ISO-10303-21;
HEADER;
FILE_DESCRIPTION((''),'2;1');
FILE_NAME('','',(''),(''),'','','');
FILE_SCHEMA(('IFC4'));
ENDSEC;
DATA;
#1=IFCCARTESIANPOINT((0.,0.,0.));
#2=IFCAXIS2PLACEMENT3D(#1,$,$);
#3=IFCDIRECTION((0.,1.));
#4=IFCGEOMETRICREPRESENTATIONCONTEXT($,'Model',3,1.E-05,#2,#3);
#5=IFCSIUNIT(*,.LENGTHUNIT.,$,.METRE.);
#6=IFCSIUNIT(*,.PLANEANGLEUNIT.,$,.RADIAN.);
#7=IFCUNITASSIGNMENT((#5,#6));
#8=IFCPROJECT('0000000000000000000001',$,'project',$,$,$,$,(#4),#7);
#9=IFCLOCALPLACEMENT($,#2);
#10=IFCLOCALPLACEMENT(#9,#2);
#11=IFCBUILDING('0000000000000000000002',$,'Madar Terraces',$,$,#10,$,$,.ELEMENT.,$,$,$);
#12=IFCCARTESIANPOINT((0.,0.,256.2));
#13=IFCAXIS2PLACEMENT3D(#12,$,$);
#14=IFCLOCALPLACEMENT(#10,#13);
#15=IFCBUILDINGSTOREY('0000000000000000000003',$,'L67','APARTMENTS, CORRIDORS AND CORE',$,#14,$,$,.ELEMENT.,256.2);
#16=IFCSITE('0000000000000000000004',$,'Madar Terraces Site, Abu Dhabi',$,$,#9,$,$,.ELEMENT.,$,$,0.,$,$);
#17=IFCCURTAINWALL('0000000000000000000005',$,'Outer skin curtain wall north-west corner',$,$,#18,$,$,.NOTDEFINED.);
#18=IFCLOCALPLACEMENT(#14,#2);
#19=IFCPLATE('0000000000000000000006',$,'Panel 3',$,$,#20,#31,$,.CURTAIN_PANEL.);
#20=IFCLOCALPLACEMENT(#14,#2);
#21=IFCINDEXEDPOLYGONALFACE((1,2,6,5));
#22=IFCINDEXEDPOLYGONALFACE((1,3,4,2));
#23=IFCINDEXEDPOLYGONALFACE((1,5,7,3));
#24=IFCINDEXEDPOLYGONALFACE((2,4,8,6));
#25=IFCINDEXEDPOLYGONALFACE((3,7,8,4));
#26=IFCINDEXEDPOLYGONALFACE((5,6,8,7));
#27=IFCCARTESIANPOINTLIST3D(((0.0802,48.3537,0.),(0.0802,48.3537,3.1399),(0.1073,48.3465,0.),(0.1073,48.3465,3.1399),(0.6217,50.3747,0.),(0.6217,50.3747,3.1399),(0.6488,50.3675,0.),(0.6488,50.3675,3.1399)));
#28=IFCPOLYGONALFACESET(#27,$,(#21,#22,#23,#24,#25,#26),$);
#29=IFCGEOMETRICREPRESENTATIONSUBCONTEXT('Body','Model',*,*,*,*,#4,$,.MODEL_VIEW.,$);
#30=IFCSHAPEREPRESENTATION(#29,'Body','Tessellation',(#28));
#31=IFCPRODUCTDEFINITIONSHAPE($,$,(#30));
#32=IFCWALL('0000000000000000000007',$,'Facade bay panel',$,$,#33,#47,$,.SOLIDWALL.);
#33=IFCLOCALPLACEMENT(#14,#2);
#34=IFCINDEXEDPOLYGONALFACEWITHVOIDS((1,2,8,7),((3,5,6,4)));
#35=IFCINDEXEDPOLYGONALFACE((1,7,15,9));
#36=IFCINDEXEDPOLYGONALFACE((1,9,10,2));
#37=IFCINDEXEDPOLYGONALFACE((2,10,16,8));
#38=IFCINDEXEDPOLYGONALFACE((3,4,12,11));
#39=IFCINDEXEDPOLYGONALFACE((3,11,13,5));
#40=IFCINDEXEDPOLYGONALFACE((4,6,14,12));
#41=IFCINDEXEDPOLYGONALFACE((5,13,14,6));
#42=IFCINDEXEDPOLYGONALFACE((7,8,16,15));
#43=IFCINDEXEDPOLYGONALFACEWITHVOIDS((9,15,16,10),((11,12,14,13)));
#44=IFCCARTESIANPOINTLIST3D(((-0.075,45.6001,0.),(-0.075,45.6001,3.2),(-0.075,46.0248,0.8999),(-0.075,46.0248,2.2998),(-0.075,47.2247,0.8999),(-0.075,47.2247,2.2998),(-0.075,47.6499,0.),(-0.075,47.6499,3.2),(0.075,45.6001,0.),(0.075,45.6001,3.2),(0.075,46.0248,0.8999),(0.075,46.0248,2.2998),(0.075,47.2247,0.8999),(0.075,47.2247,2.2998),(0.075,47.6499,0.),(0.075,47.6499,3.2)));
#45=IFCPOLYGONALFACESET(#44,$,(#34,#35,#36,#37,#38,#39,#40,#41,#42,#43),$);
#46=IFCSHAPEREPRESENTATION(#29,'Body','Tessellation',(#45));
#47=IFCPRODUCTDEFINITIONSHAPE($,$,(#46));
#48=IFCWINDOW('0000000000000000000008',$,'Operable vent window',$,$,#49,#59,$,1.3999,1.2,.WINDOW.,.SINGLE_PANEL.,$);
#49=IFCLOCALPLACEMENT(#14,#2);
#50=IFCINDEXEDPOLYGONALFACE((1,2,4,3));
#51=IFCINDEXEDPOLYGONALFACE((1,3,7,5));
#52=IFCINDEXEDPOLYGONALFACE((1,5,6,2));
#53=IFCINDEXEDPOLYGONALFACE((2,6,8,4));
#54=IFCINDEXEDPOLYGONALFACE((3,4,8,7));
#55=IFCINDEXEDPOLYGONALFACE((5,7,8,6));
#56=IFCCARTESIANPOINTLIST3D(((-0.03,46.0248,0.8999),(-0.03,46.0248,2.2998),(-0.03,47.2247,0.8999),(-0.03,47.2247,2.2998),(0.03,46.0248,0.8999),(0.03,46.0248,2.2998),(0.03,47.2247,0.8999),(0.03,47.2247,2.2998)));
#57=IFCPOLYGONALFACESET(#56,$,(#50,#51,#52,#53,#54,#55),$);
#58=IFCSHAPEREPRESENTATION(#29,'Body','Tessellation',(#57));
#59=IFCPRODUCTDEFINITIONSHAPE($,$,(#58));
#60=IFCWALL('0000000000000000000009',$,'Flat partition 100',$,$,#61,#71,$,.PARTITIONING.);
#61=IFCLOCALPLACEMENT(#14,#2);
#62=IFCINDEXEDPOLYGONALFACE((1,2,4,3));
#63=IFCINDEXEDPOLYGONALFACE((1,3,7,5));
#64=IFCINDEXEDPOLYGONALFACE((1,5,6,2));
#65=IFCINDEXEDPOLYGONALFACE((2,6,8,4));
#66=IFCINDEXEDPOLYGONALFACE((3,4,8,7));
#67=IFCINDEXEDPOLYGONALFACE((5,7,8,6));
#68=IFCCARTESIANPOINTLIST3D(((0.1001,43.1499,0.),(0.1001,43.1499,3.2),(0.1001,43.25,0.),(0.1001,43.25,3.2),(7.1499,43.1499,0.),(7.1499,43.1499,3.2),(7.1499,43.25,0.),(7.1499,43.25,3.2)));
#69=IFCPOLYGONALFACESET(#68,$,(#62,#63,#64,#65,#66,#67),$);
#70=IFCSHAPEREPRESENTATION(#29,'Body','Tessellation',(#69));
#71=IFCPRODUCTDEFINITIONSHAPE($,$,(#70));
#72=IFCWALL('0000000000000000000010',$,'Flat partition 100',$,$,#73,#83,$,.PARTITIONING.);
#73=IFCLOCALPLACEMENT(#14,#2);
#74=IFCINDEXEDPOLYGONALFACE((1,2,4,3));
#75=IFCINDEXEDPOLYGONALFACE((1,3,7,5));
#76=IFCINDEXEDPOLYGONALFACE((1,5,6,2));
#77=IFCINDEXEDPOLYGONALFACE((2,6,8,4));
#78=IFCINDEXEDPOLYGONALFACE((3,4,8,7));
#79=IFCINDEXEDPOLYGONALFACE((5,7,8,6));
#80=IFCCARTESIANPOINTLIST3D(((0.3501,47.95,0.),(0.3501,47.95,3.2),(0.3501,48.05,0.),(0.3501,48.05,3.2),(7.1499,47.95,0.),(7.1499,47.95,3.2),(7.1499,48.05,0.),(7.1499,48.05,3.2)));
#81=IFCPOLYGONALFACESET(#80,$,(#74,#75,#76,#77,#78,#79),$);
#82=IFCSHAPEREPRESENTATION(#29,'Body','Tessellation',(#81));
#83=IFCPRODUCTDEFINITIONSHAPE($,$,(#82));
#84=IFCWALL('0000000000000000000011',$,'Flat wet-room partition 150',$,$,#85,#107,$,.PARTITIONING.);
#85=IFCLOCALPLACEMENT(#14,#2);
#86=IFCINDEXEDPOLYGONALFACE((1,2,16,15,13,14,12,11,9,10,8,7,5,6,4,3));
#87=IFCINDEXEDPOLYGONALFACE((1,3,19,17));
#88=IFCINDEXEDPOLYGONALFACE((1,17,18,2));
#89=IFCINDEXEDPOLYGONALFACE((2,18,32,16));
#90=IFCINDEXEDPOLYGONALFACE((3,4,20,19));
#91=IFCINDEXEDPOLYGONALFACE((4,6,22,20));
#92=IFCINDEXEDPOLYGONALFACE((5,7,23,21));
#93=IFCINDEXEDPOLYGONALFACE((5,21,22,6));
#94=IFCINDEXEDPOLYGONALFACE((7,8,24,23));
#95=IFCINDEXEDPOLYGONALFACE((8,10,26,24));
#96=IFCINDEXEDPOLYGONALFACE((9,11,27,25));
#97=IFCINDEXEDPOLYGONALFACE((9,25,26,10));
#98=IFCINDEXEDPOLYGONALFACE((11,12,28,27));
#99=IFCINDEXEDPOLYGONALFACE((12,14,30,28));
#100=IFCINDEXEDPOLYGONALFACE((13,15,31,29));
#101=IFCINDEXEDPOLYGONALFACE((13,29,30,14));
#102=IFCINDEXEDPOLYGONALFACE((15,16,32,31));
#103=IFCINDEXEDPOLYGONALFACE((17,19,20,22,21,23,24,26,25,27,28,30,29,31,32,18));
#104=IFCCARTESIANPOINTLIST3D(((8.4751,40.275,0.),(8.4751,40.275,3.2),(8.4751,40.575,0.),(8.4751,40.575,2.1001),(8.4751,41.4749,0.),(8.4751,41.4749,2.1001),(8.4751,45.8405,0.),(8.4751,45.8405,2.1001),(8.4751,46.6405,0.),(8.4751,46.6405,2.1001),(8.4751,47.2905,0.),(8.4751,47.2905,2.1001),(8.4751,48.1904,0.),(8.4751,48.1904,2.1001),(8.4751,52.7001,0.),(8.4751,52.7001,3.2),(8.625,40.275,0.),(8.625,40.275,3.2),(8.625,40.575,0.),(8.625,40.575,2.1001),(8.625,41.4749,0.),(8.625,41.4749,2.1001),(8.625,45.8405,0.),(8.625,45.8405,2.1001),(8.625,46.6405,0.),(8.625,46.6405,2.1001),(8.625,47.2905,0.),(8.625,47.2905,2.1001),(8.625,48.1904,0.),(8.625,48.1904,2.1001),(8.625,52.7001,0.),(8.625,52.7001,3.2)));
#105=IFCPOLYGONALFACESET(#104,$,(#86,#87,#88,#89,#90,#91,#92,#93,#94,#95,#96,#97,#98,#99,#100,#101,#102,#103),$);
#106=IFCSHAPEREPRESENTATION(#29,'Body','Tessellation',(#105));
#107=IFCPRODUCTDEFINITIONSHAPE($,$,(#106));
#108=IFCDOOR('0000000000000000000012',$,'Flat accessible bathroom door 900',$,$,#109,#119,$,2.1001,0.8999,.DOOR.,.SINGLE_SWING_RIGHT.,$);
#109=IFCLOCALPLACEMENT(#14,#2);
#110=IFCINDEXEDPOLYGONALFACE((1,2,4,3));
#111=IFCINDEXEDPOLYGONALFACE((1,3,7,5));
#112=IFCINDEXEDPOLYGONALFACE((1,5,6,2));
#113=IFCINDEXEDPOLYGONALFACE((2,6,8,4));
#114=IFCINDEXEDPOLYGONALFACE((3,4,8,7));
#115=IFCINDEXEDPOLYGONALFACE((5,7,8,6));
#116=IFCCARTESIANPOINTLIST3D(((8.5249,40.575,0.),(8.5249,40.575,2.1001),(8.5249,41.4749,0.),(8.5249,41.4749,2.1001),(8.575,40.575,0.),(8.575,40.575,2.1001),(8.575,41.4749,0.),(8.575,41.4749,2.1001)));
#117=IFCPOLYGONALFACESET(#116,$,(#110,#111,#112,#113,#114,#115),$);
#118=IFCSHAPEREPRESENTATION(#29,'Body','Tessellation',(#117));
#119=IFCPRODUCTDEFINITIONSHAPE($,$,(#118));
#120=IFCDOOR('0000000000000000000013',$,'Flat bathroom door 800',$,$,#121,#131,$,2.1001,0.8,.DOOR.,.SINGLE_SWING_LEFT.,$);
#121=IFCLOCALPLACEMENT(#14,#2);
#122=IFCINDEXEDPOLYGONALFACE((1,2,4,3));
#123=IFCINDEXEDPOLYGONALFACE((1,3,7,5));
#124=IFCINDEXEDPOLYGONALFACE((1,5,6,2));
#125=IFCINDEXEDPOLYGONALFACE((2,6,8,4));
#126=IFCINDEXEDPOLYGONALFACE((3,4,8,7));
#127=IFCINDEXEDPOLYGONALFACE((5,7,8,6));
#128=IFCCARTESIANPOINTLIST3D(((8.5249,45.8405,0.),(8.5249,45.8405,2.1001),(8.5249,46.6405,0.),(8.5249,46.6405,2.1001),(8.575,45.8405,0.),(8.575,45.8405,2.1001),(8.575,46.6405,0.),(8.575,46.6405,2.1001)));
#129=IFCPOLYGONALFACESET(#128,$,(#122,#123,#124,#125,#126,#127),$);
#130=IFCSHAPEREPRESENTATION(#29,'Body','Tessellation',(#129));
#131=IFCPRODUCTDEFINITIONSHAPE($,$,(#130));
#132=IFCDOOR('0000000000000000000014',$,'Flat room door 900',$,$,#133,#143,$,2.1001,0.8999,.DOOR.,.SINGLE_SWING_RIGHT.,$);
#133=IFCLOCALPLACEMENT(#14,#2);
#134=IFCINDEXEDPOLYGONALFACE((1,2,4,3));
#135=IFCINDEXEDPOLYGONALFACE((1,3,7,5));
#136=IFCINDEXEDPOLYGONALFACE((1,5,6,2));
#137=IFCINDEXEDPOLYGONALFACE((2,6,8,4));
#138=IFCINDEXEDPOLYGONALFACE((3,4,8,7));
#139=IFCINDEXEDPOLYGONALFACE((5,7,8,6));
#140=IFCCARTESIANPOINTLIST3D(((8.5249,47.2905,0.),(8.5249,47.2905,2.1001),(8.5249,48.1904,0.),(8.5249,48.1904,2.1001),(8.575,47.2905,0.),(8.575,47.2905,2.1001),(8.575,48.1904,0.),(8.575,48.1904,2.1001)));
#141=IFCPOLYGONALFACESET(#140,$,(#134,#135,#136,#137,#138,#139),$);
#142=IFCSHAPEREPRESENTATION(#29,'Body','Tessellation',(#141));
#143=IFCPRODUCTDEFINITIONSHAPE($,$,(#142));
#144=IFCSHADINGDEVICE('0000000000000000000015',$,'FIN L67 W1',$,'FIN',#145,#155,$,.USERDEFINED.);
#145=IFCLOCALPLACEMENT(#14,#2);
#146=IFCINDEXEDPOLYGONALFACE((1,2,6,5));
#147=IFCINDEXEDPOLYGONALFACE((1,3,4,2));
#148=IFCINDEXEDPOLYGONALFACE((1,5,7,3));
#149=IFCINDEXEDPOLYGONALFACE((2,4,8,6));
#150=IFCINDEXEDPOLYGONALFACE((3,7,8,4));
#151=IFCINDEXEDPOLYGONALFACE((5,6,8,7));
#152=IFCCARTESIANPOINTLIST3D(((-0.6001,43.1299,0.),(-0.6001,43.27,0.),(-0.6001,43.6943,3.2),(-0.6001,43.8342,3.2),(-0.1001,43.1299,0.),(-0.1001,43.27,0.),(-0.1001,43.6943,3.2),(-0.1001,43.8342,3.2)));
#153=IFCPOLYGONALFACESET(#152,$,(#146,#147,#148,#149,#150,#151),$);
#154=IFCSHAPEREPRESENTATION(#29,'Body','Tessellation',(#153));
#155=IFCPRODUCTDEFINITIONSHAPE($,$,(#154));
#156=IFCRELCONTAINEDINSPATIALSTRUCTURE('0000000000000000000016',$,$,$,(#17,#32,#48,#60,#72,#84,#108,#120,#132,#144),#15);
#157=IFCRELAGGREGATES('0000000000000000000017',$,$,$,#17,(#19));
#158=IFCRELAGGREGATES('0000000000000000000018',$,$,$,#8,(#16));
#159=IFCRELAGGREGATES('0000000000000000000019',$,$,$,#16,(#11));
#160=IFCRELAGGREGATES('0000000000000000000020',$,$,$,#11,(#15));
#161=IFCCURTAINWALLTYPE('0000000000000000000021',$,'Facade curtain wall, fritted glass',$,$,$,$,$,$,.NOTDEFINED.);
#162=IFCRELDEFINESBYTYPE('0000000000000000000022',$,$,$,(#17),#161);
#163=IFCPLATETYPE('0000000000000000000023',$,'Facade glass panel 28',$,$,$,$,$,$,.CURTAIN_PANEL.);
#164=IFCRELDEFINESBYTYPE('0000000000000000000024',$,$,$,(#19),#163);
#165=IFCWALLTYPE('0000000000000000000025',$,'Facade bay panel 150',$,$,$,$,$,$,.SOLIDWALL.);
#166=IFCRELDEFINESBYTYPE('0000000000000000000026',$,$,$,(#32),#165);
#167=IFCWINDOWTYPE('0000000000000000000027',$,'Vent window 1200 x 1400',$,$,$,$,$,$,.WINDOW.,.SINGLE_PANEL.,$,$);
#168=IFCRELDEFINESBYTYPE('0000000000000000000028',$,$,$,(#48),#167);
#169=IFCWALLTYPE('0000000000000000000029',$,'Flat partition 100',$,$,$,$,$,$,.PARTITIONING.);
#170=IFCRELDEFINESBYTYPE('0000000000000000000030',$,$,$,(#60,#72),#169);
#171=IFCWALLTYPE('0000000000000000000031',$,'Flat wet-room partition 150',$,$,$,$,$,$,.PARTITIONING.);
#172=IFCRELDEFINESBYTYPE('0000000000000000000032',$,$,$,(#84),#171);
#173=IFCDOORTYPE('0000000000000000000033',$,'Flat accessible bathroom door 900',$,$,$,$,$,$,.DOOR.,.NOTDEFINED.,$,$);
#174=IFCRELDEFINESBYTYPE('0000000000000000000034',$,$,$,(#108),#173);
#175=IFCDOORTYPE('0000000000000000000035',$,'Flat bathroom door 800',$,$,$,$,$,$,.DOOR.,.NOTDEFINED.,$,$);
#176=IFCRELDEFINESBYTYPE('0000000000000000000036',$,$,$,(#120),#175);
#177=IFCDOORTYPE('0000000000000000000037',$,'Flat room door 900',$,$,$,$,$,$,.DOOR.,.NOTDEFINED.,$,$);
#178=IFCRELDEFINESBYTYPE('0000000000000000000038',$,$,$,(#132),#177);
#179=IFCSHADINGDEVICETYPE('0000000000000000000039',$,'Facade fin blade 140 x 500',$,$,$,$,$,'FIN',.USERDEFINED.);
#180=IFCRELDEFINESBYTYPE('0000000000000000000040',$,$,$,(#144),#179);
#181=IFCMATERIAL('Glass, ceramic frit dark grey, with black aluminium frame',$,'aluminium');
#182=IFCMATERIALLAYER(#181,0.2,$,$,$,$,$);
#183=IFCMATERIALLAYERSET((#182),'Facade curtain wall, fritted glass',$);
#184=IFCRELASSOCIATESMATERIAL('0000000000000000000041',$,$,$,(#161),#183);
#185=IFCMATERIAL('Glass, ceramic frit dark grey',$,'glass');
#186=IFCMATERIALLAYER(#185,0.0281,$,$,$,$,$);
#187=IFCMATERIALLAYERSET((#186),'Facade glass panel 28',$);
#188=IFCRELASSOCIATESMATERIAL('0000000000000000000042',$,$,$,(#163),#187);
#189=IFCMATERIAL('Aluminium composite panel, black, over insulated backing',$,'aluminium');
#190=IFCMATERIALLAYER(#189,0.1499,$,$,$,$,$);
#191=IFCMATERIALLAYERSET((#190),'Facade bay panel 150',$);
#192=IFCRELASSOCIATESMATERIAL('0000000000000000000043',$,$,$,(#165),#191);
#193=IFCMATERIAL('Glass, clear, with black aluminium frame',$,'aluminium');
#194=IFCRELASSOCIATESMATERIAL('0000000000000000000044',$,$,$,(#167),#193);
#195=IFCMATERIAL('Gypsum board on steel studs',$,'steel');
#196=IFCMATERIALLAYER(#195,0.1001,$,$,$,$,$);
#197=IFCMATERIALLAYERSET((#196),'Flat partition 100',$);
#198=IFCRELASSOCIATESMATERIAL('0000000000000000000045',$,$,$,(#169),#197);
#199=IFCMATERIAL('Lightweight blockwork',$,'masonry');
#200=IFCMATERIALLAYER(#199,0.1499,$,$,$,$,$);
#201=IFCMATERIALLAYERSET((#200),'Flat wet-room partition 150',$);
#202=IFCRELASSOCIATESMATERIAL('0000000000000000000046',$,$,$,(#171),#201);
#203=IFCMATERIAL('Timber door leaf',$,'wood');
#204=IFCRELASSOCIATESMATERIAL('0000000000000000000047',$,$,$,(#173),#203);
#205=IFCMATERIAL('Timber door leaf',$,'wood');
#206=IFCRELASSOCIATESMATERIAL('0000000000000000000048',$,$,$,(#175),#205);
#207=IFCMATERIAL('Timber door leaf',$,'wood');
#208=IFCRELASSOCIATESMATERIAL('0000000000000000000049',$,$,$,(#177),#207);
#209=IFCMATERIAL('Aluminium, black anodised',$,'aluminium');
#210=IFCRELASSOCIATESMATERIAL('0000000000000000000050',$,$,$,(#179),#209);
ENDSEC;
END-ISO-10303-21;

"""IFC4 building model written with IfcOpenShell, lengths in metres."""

from ifc_helpers import new_model, si_unit, direction, frame, frame_2d, origin, origin_2d, place, context, subcontext, project, spatial, polyline, rectangle, outline, extrude, material, layer, layer_set, type_object, element, fill, aggregate, save


model = new_model("IFC4")

# Units and contexts
model_context = context("Model", 3, precision=1e-05, world=origin(), true_north=direction((0.0, 1.0)))
body_context = subcontext(model_context, "Body", "Model", "MODEL_VIEW")
ifc_project = project(units=[si_unit("LENGTHUNIT", "METRE"), si_unit("PLANEANGLEUNIT", "RADIAN")], contexts=[model_context])

# Site, building, storey
site_placement = place(None, origin())
site = spatial("IfcSite", under=ifc_project, at=site_placement, Name="Madar Terraces Site, Abu Dhabi", CompositionType="ELEMENT", RefElevation=0.0)
building_placement = place(site_placement, origin())
building = spatial("IfcBuilding", under=site, at=building_placement, Name="Madar Terraces", CompositionType="ELEMENT")
storey_placement = place(building_placement, frame((0.0, 0.0, 256.2)))
storey = spatial("IfcBuildingStorey", under=building, at=storey_placement, Name="L67", Description="APARTMENTS, CORRIDORS AND CORE", CompositionType="ELEMENT", Elevation=256.2)

# Shared definitions
ifc_material_1 = material(Name="Glass, ceramic frit dark grey, with black aluminium frame", Category="aluminium")
ifc_layer_1 = layer(ifc_material_1, 0.2)
ifc_layer_set_1 = layer_set([ifc_layer_1], Name="Facade curtain wall, fritted glass")
curtain_wall_type = type_object("IfcCurtainWallType", Name="Facade curtain wall, fritted glass", PredefinedType="NOTDEFINED", material=ifc_layer_set_1)

# Curtain wall
curtain_wall_1_placement = place(storey_placement, origin())
curtain_wall_1 = element("IfcCurtainWall", 1, at=curtain_wall_1_placement, inside=storey, type_object=curtain_wall_type, Name="Outer skin curtain wall north-west corner", PredefinedType="NOTDEFINED")

# Plate
ifc_material_2 = material(Name="Glass, ceramic frit dark grey", Category="glass")
ifc_layer_2 = layer(ifc_material_2, 0.0281)
ifc_layer_set_2 = layer_set([ifc_layer_2], Name="Facade glass panel 28")
plate_type = type_object("IfcPlateType", Name="Facade glass panel 28", PredefinedType="CURTAIN_PANEL", material=ifc_layer_set_2)
plate_1_placement = place(storey_placement, frame((0.3645, 49.3606, 0.0), z_axis=(0.0, 0.0, 1.0), x_axis=(-0.258819, -0.965926, 0.0)))
plate_1 = element("IfcPlate", 2, at=plate_1_placement, type_object=plate_type, Name="Panel 3", PredefinedType="CURTAIN_PANEL", context=body_context, shape_type="SweptSolid", body=[
    extrude(rectangle(XDim=2.0923, YDim=0.0281, at=origin_2d()), origin(), (0.0, 0.0, 1.0), 3.1399),
])
aggregate(curtain_wall_1, [plate_1])

# Wall, opening, window
ifc_material_3 = material(Name="Aluminium composite panel, black, over insulated backing", Category="aluminium")
ifc_layer_3 = layer(ifc_material_3, 0.1499)
ifc_layer_set_3 = layer_set([ifc_layer_3], Name="Facade bay panel 150")
wall_type_1 = type_object("IfcWallType", Name="Facade bay panel 150", PredefinedType="SOLIDWALL", material=ifc_layer_set_3)
wall_1_placement = place(storey_placement, frame((0.0, 47.6499, 0.0), z_axis=(0.0, 0.0, 1.0), x_axis=(0.0, -1.0, 0.0)))
wall_1 = element("IfcWall", 3, at=wall_1_placement, inside=storey, type_object=wall_type_1, Name="Facade bay panel", PredefinedType="SOLIDWALL", context=body_context, shape_type="SweptSolid", body=[
    extrude(rectangle(XDim=2.0498, YDim=0.1499, at=frame_2d((1.0249, 0.0))), origin(), (0.0, 0.0, 1.0), 3.2),
])
opening_1_placement = place(wall_1_placement, frame((0.425, 0.0, 0.8999)))
opening_1 = element("IfcOpeningElement", 4, at=opening_1_placement, cuts=wall_1, PredefinedType="OPENING", context=body_context, shape_type="SweptSolid", body=[
    extrude(rectangle(XDim=1.2, YDim=1.3999, at=frame_2d((0.6001, 0.7))), frame((0.0, 0.085, 0.0), z_axis=(0.0, -1.0, 0.0), x_axis=(1.0, 0.0, 0.0)), (0.0, 0.0, 1.0), 0.1699),
])
ifc_material_4 = material(Name="Glass, clear, with black aluminium frame", Category="aluminium")
window_type = type_object("IfcWindowType", Name="Vent window 1200 x 1400", PartitioningType="SINGLE_PANEL", PredefinedType="WINDOW", material=ifc_material_4)
window_placement = place(opening_1_placement, origin())
window = element("IfcWindow", 5, at=window_placement, inside=storey, type_object=window_type, Name="Operable vent window", OverallHeight=1.3999, OverallWidth=1.2, PartitioningType="SINGLE_PANEL", PredefinedType="WINDOW", context=body_context, shape_type="SweptSolid", body=[
    extrude(rectangle(XDim=1.2, YDim=1.3999, at=frame_2d((0.6001, 0.7))), frame((0.0, 0.03, 0.0), z_axis=(0.0, -1.0, 0.0), x_axis=(1.0, 0.0, 0.0)), (0.0, 0.0, 1.0), 0.0601),
])
fill(opening_1, window)

# Walls
ifc_material_5 = material(Name="Gypsum board on steel studs", Category="steel")
ifc_layer_4 = layer(ifc_material_5, 0.1001)
ifc_layer_set_4 = layer_set([ifc_layer_4], Name="Flat partition 100")
wall_type_2 = type_object("IfcWallType", Name="Flat partition 100", PredefinedType="PARTITIONING", material=ifc_layer_set_4)
wall_2_placement = place(storey_placement, frame((7.1499, 43.2, 0.0), z_axis=(0.0, 0.0, 1.0), x_axis=(-1.0, 0.0, 0.0)))
element("IfcWall", 6, at=wall_2_placement, inside=storey, type_object=wall_type_2, Name="Flat partition 100", PredefinedType="PARTITIONING", context=body_context, shape_type="SweptSolid", body=[
    extrude(rectangle(XDim=7.0498, YDim=0.1001, at=frame_2d((3.5249, 0.0))), origin(), (0.0, 0.0, 1.0), 3.2),
])
wall_3_placement = place(storey_placement, frame((7.1499, 48.0, 0.0), z_axis=(0.0, 0.0, 1.0), x_axis=(-1.0, 0.0, 0.0)))
element("IfcWall", 7, at=wall_3_placement, inside=storey, type_object=wall_type_2, Name="Flat partition 100", PredefinedType="PARTITIONING", context=body_context, shape_type="SweptSolid", body=[
    extrude(rectangle(XDim=6.7998, YDim=0.1001, at=frame_2d((3.3999, 0.0))), origin(), (0.0, 0.0, 1.0), 3.2),
])

# Wall, openings, doors
ifc_material_6 = material(Name="Lightweight blockwork", Category="masonry")
ifc_layer_5 = layer(ifc_material_6, 0.1499)
ifc_layer_set_5 = layer_set([ifc_layer_5], Name="Flat wet-room partition 150")
wall_type_3 = type_object("IfcWallType", Name="Flat wet-room partition 150", PredefinedType="PARTITIONING", material=ifc_layer_set_5)
wall_4_placement = place(storey_placement, frame((8.55, 52.7, 0.0), z_axis=(0.0, 0.0, 1.0), x_axis=(0.0, -1.0, 0.0)))
wall_4 = element("IfcWall", 8, at=wall_4_placement, inside=storey, type_object=wall_type_3, Name="Flat wet-room partition 150", PredefinedType="PARTITIONING", context=body_context, shape_type="SweptSolid", body=[
    extrude(rectangle(XDim=12.425, YDim=0.1499, at=frame_2d((6.2124, 0.0))), origin(), (0.0, 0.0, 1.0), 3.2),
])
opening_2_placement = place(wall_4_placement, frame((11.2251, 0.0, 0.0)))
opening_2 = element("IfcOpeningElement", 9, at=opening_2_placement, cuts=wall_4, PredefinedType="OPENING", context=body_context, shape_type="SweptSolid", body=[
    extrude(rectangle(XDim=0.8999, YDim=2.1001, at=frame_2d((0.45, 1.05))), frame((0.0, 0.085, 0.0), z_axis=(0.0, -1.0, 0.0), x_axis=(1.0, 0.0, 0.0)), (0.0, 0.0, 1.0), 0.1699),
])
opening_3_placement = place(wall_4_placement, frame((6.0596, 0.0, 0.0)))
opening_3 = element("IfcOpeningElement", 10, at=opening_3_placement, cuts=wall_4, PredefinedType="OPENING", context=body_context, shape_type="SweptSolid", body=[
    extrude(rectangle(XDim=0.8, YDim=2.1001, at=frame_2d((0.3999, 1.05))), frame((0.0, 0.085, 0.0), z_axis=(0.0, -1.0, 0.0), x_axis=(1.0, 0.0, 0.0)), (0.0, 0.0, 1.0), 0.1699),
])
opening_4_placement = place(wall_4_placement, frame((4.5095, 0.0, 0.0)))
opening_4 = element("IfcOpeningElement", 11, at=opening_4_placement, cuts=wall_4, PredefinedType="OPENING", context=body_context, shape_type="SweptSolid", body=[
    extrude(rectangle(XDim=0.8999, YDim=2.1001, at=frame_2d((0.45, 1.05))), frame((0.0, 0.085, 0.0), z_axis=(0.0, -1.0, 0.0), x_axis=(1.0, 0.0, 0.0)), (0.0, 0.0, 1.0), 0.1699),
])
ifc_material_7 = material(Name="Timber door leaf", Category="wood")
door_type_1 = type_object("IfcDoorType", Name="Flat accessible bathroom door 900", OperationType="NOTDEFINED", PredefinedType="DOOR", material=ifc_material_7)
door_1_placement = place(opening_2_placement, origin())
door_1 = element("IfcDoor", 12, at=door_1_placement, inside=storey, type_object=door_type_1, Name="Flat accessible bathroom door 900", OperationType="SINGLE_SWING_RIGHT", OverallHeight=2.1001, OverallWidth=0.8999, PredefinedType="DOOR", context=body_context, shape_type="SweptSolid", body=[
    extrude(rectangle(XDim=0.8999, YDim=2.1001, at=frame_2d((0.45, 1.05))), frame((0.0, 0.0249, 0.0), z_axis=(0.0, -1.0, 0.0), x_axis=(1.0, 0.0, 0.0)), (0.0, 0.0, 1.0), 0.05),
])
fill(opening_2, door_1)
ifc_material_8 = material(Name="Timber door leaf", Category="wood")
door_type_2 = type_object("IfcDoorType", Name="Flat bathroom door 800", OperationType="NOTDEFINED", PredefinedType="DOOR", material=ifc_material_8)
door_2_placement = place(opening_3_placement, origin())
door_2 = element("IfcDoor", 13, at=door_2_placement, inside=storey, type_object=door_type_2, Name="Flat bathroom door 800", OperationType="SINGLE_SWING_LEFT", OverallHeight=2.1001, OverallWidth=0.8, PredefinedType="DOOR", context=body_context, shape_type="SweptSolid", body=[
    extrude(rectangle(XDim=0.8, YDim=2.1001, at=frame_2d((0.3999, 1.05))), frame((0.0, 0.0249, 0.0), z_axis=(0.0, -1.0, 0.0), x_axis=(1.0, 0.0, 0.0)), (0.0, 0.0, 1.0), 0.05),
])
fill(opening_3, door_2)
ifc_material_9 = material(Name="Timber door leaf", Category="wood")
door_type_3 = type_object("IfcDoorType", Name="Flat room door 900", OperationType="NOTDEFINED", PredefinedType="DOOR", material=ifc_material_9)
door_3_placement = place(opening_4_placement, origin())
door_3 = element("IfcDoor", 14, at=door_3_placement, inside=storey, type_object=door_type_3, Name="Flat room door 900", OperationType="SINGLE_SWING_RIGHT", OverallHeight=2.1001, OverallWidth=0.8999, PredefinedType="DOOR", context=body_context, shape_type="SweptSolid", body=[
    extrude(rectangle(XDim=0.8999, YDim=2.1001, at=frame_2d((0.45, 1.05))), frame((0.0, 0.0249, 0.0), z_axis=(0.0, -1.0, 0.0), x_axis=(1.0, 0.0, 0.0)), (0.0, 0.0, 1.0), 0.05),
])
fill(opening_4, door_3)

# Shading device
ifc_material_10 = material(Name="Aluminium, black anodised", Category="aluminium")
shading_device_type = type_object("IfcShadingDeviceType", Name="Facade fin blade 140 x 500", ElementType="FIN", PredefinedType="USERDEFINED", material=ifc_material_10)
shading_device_placement = place(storey_placement, frame((-0.3501, 43.27, 0.0), z_axis=(0.0, 0.0, 1.0), x_axis=(0.0, -1.0, 0.0)))
element("IfcShadingDevice", 15, at=shading_device_placement, inside=storey, type_object=shading_device_type, Name="FIN L67 W1", ObjectType="FIN", PredefinedType="USERDEFINED", context=body_context, shape_type="SweptSolid", body=[
    extrude(outline(polyline([(0.0, 0.0), (0.1401, 0.0), (-0.4243, 3.2), (-0.5642, 3.2), (0.0, 0.0)])), frame((0.0, 0.25, 0.0), z_axis=(0.0, -1.0, 0.0), x_axis=(1.0, 0.0, 0.0)), (0.0, 0.0, 1.0), 0.5),
])

save(model, "model.ifc")
